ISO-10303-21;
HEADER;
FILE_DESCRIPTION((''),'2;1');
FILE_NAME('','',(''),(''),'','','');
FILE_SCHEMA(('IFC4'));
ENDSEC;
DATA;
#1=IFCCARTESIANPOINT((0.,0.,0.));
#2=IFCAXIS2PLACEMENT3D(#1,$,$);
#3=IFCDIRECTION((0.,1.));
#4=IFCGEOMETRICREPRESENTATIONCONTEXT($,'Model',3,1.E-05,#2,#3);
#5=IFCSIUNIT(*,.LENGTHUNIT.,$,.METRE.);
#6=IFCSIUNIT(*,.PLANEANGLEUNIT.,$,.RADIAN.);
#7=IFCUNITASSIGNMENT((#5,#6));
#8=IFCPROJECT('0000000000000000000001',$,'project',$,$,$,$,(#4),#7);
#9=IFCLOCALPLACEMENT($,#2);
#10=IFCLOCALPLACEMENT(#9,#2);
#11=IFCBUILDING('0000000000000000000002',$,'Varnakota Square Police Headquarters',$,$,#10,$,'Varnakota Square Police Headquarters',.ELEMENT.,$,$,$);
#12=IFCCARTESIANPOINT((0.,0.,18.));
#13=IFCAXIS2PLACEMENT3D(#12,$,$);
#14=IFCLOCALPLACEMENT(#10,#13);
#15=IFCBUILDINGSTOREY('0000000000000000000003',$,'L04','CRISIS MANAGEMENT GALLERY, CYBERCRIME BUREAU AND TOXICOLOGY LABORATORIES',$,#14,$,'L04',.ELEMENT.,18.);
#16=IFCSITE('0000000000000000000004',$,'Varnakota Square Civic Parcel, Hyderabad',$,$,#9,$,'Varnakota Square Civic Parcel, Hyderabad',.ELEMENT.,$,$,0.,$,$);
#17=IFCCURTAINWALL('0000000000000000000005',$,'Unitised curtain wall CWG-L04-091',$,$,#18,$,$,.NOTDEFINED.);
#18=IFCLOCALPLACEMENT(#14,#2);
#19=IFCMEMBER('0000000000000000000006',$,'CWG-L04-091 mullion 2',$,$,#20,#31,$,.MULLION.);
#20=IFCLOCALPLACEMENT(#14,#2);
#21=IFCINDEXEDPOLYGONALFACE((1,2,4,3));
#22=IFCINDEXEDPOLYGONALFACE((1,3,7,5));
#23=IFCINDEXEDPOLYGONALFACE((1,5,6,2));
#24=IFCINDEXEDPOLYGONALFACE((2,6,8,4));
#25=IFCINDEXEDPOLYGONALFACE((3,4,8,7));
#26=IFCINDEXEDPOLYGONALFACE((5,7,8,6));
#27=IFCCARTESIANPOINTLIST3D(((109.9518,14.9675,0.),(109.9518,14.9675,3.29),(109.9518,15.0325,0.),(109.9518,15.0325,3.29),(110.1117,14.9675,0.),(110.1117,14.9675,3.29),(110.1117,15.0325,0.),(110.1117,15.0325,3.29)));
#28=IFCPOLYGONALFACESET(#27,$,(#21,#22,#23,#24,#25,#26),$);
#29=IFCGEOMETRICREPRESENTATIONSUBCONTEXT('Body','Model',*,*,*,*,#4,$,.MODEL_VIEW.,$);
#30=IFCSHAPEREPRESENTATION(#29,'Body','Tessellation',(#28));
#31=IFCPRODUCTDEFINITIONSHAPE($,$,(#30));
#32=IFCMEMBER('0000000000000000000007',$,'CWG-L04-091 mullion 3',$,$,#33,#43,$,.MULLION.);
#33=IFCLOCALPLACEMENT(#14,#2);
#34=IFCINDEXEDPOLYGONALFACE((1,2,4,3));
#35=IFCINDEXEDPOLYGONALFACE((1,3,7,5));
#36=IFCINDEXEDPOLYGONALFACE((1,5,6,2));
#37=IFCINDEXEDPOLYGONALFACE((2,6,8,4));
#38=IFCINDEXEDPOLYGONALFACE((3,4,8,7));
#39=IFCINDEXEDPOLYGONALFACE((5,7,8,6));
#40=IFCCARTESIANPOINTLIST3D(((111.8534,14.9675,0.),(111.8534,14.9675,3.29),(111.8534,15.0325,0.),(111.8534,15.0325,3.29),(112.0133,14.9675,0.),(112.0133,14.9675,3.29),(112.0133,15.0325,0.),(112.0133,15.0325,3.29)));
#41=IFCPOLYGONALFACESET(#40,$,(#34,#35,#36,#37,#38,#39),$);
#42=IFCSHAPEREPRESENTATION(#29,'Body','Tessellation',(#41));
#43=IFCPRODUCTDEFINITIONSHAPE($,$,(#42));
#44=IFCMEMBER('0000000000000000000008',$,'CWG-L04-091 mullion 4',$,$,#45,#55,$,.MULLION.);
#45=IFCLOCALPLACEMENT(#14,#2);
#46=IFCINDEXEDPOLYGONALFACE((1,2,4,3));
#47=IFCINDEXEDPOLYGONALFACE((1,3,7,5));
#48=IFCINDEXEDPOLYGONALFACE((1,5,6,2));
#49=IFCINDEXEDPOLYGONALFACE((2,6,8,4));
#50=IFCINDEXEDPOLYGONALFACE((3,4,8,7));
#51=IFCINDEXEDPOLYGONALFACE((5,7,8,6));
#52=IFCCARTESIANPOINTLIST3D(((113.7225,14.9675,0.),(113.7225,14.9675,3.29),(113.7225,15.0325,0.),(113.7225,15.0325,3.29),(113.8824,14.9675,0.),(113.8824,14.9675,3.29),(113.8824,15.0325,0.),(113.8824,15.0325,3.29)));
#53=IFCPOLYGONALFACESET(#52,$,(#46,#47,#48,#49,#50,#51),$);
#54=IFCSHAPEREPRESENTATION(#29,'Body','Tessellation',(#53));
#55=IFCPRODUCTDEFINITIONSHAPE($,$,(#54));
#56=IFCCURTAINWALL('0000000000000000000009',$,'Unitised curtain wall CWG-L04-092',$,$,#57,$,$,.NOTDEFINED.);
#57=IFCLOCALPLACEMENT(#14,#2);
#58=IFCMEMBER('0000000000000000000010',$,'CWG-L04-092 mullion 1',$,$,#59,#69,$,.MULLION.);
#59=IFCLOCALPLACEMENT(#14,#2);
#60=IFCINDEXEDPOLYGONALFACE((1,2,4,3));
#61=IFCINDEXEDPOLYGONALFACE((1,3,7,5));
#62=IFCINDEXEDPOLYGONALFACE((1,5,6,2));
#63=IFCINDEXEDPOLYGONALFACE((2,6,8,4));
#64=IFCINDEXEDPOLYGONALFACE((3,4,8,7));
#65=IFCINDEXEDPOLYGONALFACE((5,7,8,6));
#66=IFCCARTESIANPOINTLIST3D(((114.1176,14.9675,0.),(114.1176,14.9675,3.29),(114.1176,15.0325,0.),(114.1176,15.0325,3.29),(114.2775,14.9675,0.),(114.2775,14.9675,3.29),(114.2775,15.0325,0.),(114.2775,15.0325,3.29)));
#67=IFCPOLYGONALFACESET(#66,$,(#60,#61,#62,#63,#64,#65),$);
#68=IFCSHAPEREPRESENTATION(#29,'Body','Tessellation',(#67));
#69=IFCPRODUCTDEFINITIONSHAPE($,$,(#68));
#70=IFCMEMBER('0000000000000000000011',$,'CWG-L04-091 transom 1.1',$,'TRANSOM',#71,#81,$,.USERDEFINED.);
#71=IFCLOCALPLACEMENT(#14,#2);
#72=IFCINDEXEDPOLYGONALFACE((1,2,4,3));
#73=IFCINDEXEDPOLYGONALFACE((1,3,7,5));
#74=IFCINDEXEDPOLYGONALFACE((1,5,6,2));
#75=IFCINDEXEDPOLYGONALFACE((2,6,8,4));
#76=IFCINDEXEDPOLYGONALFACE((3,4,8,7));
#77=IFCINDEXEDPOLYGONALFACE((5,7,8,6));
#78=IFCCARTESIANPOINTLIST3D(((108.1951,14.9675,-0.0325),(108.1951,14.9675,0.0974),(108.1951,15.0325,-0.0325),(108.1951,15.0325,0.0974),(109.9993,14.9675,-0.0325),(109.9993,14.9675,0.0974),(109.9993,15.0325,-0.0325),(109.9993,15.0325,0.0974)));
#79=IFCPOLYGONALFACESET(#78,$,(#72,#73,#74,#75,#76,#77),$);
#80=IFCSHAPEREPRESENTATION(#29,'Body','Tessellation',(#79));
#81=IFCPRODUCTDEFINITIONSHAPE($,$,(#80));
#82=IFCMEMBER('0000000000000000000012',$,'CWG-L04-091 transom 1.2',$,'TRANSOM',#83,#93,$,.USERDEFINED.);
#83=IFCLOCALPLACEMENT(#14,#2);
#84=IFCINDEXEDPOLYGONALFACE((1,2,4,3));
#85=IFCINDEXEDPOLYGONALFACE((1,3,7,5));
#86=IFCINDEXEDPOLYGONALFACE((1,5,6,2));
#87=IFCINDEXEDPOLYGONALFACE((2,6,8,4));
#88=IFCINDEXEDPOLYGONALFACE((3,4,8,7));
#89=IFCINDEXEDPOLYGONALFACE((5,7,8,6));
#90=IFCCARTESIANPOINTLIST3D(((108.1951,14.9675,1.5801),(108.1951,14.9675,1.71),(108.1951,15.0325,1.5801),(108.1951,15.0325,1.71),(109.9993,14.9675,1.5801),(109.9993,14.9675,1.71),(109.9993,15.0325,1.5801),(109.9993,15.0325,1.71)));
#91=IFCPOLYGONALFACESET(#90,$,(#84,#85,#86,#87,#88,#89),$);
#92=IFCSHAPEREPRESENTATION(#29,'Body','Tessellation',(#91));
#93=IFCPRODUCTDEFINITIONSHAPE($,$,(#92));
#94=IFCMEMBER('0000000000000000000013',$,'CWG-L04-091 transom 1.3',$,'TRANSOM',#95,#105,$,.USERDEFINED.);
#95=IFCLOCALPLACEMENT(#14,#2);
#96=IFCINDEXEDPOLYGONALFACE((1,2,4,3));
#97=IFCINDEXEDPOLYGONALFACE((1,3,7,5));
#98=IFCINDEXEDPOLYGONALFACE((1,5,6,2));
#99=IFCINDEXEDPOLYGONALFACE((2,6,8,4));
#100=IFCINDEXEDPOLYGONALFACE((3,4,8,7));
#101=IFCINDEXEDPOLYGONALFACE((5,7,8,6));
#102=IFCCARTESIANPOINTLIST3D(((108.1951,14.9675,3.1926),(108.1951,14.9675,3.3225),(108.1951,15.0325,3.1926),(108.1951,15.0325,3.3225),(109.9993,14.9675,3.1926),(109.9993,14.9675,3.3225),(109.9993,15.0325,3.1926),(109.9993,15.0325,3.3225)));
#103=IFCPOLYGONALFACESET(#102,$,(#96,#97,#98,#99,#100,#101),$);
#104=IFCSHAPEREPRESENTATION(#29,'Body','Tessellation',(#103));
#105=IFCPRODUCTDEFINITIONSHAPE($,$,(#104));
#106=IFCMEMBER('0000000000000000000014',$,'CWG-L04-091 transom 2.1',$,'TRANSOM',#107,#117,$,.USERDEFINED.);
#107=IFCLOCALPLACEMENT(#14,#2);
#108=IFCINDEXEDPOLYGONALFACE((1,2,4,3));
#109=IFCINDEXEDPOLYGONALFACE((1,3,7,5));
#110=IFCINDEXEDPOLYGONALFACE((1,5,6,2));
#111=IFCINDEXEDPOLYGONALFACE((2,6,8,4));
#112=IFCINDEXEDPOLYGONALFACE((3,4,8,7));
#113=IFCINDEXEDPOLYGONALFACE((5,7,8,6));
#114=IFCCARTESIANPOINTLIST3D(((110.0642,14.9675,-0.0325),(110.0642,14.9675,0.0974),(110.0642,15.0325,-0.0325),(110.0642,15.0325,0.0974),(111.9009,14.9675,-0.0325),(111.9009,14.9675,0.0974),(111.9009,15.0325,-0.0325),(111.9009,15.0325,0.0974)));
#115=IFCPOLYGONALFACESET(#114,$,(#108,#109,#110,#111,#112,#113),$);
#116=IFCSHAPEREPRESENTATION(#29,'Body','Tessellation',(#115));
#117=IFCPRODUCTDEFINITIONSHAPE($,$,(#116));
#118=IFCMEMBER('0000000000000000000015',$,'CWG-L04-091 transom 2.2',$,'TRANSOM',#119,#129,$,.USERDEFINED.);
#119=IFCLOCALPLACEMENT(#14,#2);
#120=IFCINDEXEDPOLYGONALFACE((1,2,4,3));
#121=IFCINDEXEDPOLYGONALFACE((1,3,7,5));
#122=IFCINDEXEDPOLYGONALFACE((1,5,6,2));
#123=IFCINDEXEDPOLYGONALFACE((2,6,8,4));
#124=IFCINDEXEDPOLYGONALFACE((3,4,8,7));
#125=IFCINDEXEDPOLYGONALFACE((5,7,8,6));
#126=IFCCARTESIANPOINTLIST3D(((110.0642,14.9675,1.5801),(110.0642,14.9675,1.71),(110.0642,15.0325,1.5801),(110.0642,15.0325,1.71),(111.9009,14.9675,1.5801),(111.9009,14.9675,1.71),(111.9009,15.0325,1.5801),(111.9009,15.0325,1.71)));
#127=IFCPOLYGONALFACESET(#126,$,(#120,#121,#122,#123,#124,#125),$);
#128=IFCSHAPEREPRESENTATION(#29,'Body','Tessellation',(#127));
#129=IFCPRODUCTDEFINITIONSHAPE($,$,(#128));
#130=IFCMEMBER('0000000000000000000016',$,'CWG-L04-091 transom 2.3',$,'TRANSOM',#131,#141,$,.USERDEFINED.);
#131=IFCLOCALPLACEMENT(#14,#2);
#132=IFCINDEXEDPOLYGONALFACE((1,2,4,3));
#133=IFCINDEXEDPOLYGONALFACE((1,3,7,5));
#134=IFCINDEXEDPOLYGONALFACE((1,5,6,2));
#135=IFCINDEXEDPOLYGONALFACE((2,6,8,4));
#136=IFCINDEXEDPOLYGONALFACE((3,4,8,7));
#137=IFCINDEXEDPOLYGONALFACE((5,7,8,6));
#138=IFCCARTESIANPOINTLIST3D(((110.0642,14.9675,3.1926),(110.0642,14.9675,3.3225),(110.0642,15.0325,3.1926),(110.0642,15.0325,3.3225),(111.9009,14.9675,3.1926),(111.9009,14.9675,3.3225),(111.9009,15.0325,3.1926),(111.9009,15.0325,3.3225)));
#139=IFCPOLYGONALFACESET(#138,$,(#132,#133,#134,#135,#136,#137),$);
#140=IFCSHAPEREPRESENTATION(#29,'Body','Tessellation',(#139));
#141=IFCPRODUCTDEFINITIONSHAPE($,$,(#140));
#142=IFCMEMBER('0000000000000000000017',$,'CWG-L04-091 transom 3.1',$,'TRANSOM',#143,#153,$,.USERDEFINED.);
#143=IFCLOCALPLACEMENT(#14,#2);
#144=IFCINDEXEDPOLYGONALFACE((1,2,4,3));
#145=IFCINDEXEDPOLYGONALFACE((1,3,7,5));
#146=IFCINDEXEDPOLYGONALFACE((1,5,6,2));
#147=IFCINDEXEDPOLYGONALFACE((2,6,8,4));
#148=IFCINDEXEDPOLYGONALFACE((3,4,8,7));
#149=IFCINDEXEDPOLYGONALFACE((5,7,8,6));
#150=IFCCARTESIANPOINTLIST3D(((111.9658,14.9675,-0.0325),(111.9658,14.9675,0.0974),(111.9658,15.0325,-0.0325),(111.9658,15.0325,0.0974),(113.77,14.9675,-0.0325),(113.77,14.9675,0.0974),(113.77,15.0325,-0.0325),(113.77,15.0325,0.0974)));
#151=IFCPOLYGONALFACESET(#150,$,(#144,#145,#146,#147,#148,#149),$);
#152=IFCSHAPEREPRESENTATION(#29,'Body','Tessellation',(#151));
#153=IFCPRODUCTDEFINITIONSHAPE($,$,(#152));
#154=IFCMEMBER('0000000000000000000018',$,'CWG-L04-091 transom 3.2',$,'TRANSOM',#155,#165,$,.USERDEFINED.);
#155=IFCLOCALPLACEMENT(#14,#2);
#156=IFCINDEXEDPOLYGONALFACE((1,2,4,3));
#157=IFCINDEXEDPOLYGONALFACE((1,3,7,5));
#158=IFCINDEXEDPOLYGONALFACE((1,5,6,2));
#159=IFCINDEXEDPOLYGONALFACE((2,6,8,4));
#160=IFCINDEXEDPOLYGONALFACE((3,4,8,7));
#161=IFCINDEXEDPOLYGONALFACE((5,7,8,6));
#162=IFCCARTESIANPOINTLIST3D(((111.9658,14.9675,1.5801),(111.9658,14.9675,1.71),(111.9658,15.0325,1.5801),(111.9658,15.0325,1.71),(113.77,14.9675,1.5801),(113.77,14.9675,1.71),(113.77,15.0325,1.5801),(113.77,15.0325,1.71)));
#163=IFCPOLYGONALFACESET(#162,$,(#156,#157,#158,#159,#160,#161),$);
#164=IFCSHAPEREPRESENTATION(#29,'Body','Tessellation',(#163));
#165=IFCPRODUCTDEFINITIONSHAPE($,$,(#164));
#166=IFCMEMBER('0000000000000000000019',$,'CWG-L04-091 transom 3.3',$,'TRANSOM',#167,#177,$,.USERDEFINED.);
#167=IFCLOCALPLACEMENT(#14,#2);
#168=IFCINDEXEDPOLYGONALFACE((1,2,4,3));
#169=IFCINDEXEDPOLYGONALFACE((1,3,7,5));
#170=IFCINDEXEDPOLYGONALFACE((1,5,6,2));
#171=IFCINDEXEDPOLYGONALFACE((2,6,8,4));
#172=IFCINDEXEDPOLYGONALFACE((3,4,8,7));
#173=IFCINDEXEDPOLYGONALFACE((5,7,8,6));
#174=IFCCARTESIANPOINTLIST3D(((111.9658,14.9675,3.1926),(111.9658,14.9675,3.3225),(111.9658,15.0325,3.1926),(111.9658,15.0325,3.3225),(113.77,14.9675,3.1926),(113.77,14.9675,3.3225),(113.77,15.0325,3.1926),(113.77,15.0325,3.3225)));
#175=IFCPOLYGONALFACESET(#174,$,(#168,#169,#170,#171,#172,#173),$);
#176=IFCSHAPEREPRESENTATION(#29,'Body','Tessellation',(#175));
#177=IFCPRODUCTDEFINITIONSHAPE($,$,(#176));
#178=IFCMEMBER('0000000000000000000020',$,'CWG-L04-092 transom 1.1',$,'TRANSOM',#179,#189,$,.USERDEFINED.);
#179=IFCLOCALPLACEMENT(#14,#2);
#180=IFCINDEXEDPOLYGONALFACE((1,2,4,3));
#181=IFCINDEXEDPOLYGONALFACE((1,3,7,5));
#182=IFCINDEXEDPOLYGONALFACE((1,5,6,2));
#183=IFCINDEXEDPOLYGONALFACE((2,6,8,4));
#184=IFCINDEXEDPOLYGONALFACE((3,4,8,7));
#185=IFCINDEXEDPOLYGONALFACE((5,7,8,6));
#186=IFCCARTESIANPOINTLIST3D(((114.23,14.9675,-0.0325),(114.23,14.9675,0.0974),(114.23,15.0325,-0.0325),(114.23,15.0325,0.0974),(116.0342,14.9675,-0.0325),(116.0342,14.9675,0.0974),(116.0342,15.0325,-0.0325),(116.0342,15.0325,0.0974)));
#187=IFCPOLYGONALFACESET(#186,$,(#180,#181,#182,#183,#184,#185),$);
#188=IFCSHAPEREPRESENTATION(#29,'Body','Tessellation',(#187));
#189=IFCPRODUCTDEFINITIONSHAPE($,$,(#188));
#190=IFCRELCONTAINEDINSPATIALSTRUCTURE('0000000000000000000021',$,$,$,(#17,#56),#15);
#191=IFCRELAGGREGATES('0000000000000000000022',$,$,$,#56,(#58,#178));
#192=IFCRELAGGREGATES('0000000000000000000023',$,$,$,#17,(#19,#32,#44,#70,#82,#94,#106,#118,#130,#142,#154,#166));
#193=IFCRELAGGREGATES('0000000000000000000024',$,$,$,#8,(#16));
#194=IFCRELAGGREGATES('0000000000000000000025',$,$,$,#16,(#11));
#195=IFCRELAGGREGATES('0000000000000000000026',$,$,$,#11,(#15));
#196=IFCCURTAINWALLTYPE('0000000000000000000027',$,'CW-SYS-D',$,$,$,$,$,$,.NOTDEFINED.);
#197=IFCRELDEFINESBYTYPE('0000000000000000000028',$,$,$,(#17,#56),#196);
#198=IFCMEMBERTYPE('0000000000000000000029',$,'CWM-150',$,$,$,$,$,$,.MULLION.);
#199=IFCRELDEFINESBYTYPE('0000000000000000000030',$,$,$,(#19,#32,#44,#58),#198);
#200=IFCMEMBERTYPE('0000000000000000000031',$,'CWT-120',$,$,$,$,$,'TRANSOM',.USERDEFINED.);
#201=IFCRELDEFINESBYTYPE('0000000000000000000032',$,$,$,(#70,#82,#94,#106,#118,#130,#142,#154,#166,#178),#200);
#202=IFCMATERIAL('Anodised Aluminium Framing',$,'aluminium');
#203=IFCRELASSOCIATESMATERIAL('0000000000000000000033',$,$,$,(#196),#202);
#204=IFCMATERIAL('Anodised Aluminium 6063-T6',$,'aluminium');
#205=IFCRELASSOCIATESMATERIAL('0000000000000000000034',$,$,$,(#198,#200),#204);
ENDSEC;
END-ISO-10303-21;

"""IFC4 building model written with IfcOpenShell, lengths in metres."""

from ifc_helpers import new_model, si_unit, direction, frame, origin, origin_2d, place, context, subcontext, project, spatial, rectangle, extrude, material, material_profile, profile_set, type_object, element, aggregate, save


model = new_model("IFC4")

# Units and contexts
model_context = context("Model", 3, precision=1e-05, world=origin(), true_north=direction((0.0, 1.0)))
body_context = subcontext(model_context, "Body", "Model", "MODEL_VIEW")
ifc_project = project(units=[si_unit("LENGTHUNIT", "METRE"), si_unit("PLANEANGLEUNIT", "RADIAN")], contexts=[model_context])

# Site, building, storey
site_placement = place(None, origin())
site = spatial("IfcSite", under=ifc_project, at=site_placement, Name="Varnakota Square Civic Parcel, Hyderabad", LongName="Varnakota Square Civic Parcel, Hyderabad", CompositionType="ELEMENT", RefElevation=0.0)
building_placement = place(site_placement, origin())
building = spatial("IfcBuilding", under=site, at=building_placement, Name="Varnakota Square Police Headquarters", LongName="Varnakota Square Police Headquarters", CompositionType="ELEMENT")
storey_placement = place(building_placement, frame((0.0, 0.0, 18.0)))
storey = spatial("IfcBuildingStorey", under=building, at=storey_placement, Name="L04", Description="CRISIS MANAGEMENT GALLERY, CYBERCRIME BUREAU AND TOXICOLOGY LABORATORIES", LongName="L04", CompositionType="ELEMENT", Elevation=18.0)

# Curtain wall, members
ifc_material_1 = material(Name="Anodised Aluminium Framing", Category="aluminium")
curtain_wall_type = type_object("IfcCurtainWallType", Name="CW-SYS-D", PredefinedType="NOTDEFINED", material=ifc_material_1)
curtain_wall_1_placement = place(storey_placement, origin())
curtain_wall_1 = element("IfcCurtainWall", 1, at=curtain_wall_1_placement, inside=storey, type_object=curtain_wall_type, Name="Unitised curtain wall CWG-L04-091", PredefinedType="NOTDEFINED")
ifc_material_2 = material(Name="Anodised Aluminium 6063-T6", Category="aluminium")
ifc_material_profile_1 = material_profile(ifc_material_2, rectangle(XDim=0.0649, YDim=0.1599, at=origin_2d()), Name="ALU MULLION 65x160")
ifc_profile_set_1 = profile_set([ifc_material_profile_1], Name="Anodised Aluminium 6063-T6")
member_type_1 = type_object("IfcMemberType", Name="CWM-150", PredefinedType="MULLION", material=ifc_profile_set_1)
member_1_placement = place(storey_placement, frame((110.0317, 15.0, 0.0), z_axis=(0.0, 0.0, 1.0), x_axis=(0.0, 1.0, 0.0)))
member_1 = element("IfcMember", 2, at=member_1_placement, type_object=member_type_1, Name="CWG-L04-091 mullion 2", PredefinedType="MULLION", context=body_context, shape_type="SweptSolid", body=[
    extrude(rectangle(XDim=0.0649, YDim=0.1599, at=origin_2d()), origin(), (0.0, 0.0, 1.0), 3.29),
])
member_2_placement = place(storey_placement, frame((111.9333, 15.0, 0.0), z_axis=(0.0, 0.0, 1.0), x_axis=(0.0, 1.0, 0.0)))
member_2 = element("IfcMember", 3, at=member_2_placement, type_object=member_type_1, Name="CWG-L04-091 mullion 3", PredefinedType="MULLION", context=body_context, shape_type="SweptSolid", body=[
    extrude(rectangle(XDim=0.0649, YDim=0.1599, at=origin_2d()), origin(), (0.0, 0.0, 1.0), 3.29),
])
member_3_placement = place(storey_placement, frame((113.8025, 15.0, 0.0), z_axis=(0.0, 0.0, 1.0), x_axis=(0.0, 1.0, 0.0)))
member_3 = element("IfcMember", 4, at=member_3_placement, type_object=member_type_1, Name="CWG-L04-091 mullion 4", PredefinedType="MULLION", context=body_context, shape_type="SweptSolid", body=[
    extrude(rectangle(XDim=0.0649, YDim=0.1599, at=origin_2d()), origin(), (0.0, 0.0, 1.0), 3.29),
])

# Curtain wall, member
curtain_wall_2_placement = place(storey_placement, origin())
curtain_wall_2 = element("IfcCurtainWall", 5, at=curtain_wall_2_placement, inside=storey, type_object=curtain_wall_type, Name="Unitised curtain wall CWG-L04-092", PredefinedType="NOTDEFINED")
member_4_placement = place(storey_placement, frame((114.1975, 15.0, 0.0), z_axis=(0.0, 0.0, 1.0), x_axis=(0.0, 1.0, 0.0)))
member_4 = element("IfcMember", 6, at=member_4_placement, type_object=member_type_1, Name="CWG-L04-092 mullion 1", PredefinedType="MULLION", context=body_context, shape_type="SweptSolid", body=[
    extrude(rectangle(XDim=0.0649, YDim=0.1599, at=origin_2d()), origin(), (0.0, 0.0, 1.0), 3.29),
])

# Members
ifc_material_profile_2 = material_profile(ifc_material_2, rectangle(XDim=0.0649, YDim=0.1299, at=origin_2d()), Name="ALU TRANSOM 65x130")
ifc_profile_set_2 = profile_set([ifc_material_profile_2], Name="Anodised Aluminium 6063-T6")
member_type_2 = type_object("IfcMemberType", Name="CWT-120", ElementType="TRANSOM", PredefinedType="USERDEFINED", material=ifc_profile_set_2)
member_5_placement = place(storey_placement, frame((108.1951, 15.0, 0.0325), z_axis=(1.0, 0.0, 0.0), x_axis=(0.0, 1.0, 0.0)))
member_5 = element("IfcMember", 7, at=member_5_placement, type_object=member_type_2, Name="CWG-L04-091 transom 1.1", ObjectType="TRANSOM", PredefinedType="USERDEFINED", context=body_context, shape_type="SweptSolid", body=[
    extrude(rectangle(XDim=0.0649, YDim=0.1299, at=origin_2d()), origin(), (0.0, 0.0, 1.0), 1.8042),
])
member_6_placement = place(storey_placement, frame((108.1951, 15.0, 1.645), z_axis=(1.0, 0.0, 0.0), x_axis=(0.0, 1.0, 0.0)))
member_6 = element("IfcMember", 8, at=member_6_placement, type_object=member_type_2, Name="CWG-L04-091 transom 1.2", ObjectType="TRANSOM", PredefinedType="USERDEFINED", context=body_context, shape_type="SweptSolid", body=[
    extrude(rectangle(XDim=0.0649, YDim=0.1299, at=origin_2d()), origin(), (0.0, 0.0, 1.0), 1.8042),
])
member_7_placement = place(storey_placement, frame((108.1951, 15.0, 3.2576), z_axis=(1.0, 0.0, 0.0), x_axis=(0.0, 1.0, 0.0)))
member_7 = element("IfcMember", 9, at=member_7_placement, type_object=member_type_2, Name="CWG-L04-091 transom 1.3", ObjectType="TRANSOM", PredefinedType="USERDEFINED", context=body_context, shape_type="SweptSolid", body=[
    extrude(rectangle(XDim=0.0649, YDim=0.1299, at=origin_2d()), origin(), (0.0, 0.0, 1.0), 1.8042),
])
member_8_placement = place(storey_placement, frame((110.0642, 15.0, 0.0325), z_axis=(1.0, 0.0, 0.0), x_axis=(0.0, 1.0, 0.0)))
member_8 = element("IfcMember", 10, at=member_8_placement, type_object=member_type_2, Name="CWG-L04-091 transom 2.1", ObjectType="TRANSOM", PredefinedType="USERDEFINED", context=body_context, shape_type="SweptSolid", body=[
    extrude(rectangle(XDim=0.0649, YDim=0.1299, at=origin_2d()), origin(), (0.0, 0.0, 1.0), 1.8367),
])
member_9_placement = place(storey_placement, frame((110.0642, 15.0, 1.645), z_axis=(1.0, 0.0, 0.0), x_axis=(0.0, 1.0, 0.0)))
member_9 = element("IfcMember", 11, at=member_9_placement, type_object=member_type_2, Name="CWG-L04-091 transom 2.2", ObjectType="TRANSOM", PredefinedType="USERDEFINED", context=body_context, shape_type="SweptSolid", body=[
    extrude(rectangle(XDim=0.0649, YDim=0.1299, at=origin_2d()), origin(), (0.0, 0.0, 1.0), 1.8367),
])
member_10_placement = place(storey_placement, frame((110.0642, 15.0, 3.2576), z_axis=(1.0, 0.0, 0.0), x_axis=(0.0, 1.0, 0.0)))
member_10 = element("IfcMember", 12, at=member_10_placement, type_object=member_type_2, Name="CWG-L04-091 transom 2.3", ObjectType="TRANSOM", PredefinedType="USERDEFINED", context=body_context, shape_type="SweptSolid", body=[
    extrude(rectangle(XDim=0.0649, YDim=0.1299, at=origin_2d()), origin(), (0.0, 0.0, 1.0), 1.8367),
])
member_11_placement = place(storey_placement, frame((111.9658, 15.0, 0.0325), z_axis=(1.0, 0.0, 0.0), x_axis=(0.0, 1.0, 0.0)))
member_11 = element("IfcMember", 13, at=member_11_placement, type_object=member_type_2, Name="CWG-L04-091 transom 3.1", ObjectType="TRANSOM", PredefinedType="USERDEFINED", context=body_context, shape_type="SweptSolid", body=[
    extrude(rectangle(XDim=0.0649, YDim=0.1299, at=origin_2d()), origin(), (0.0, 0.0, 1.0), 1.8042),
])
member_12_placement = place(storey_placement, frame((111.9658, 15.0, 1.645), z_axis=(1.0, 0.0, 0.0), x_axis=(0.0, 1.0, 0.0)))
member_12 = element("IfcMember", 14, at=member_12_placement, type_object=member_type_2, Name="CWG-L04-091 transom 3.2", ObjectType="TRANSOM", PredefinedType="USERDEFINED", context=body_context, shape_type="SweptSolid", body=[
    extrude(rectangle(XDim=0.0649, YDim=0.1299, at=origin_2d()), origin(), (0.0, 0.0, 1.0), 1.8042),
])
member_13_placement = place(storey_placement, frame((111.9658, 15.0, 3.2576), z_axis=(1.0, 0.0, 0.0), x_axis=(0.0, 1.0, 0.0)))
member_13 = element("IfcMember", 15, at=member_13_placement, type_object=member_type_2, Name="CWG-L04-091 transom 3.3", ObjectType="TRANSOM", PredefinedType="USERDEFINED", context=body_context, shape_type="SweptSolid", body=[
    extrude(rectangle(XDim=0.0649, YDim=0.1299, at=origin_2d()), origin(), (0.0, 0.0, 1.0), 1.8042),
])
member_14_placement = place(storey_placement, frame((114.23, 15.0, 0.0325), z_axis=(1.0, 0.0, 0.0), x_axis=(0.0, 1.0, 0.0)))
member_14 = element("IfcMember", 16, at=member_14_placement, type_object=member_type_2, Name="CWG-L04-092 transom 1.1", ObjectType="TRANSOM", PredefinedType="USERDEFINED", context=body_context, shape_type="SweptSolid", body=[
    extrude(rectangle(XDim=0.0649, YDim=0.1299, at=origin_2d()), origin(), (0.0, 0.0, 1.0), 1.8042),
])
aggregate(curtain_wall_2, [member_4, member_14])

aggregate(curtain_wall_1, [member_1, member_2, member_3, member_5, member_6, member_7, member_8, member_9, member_10, member_11, member_12, member_13])

save(model, "model.ifc")
